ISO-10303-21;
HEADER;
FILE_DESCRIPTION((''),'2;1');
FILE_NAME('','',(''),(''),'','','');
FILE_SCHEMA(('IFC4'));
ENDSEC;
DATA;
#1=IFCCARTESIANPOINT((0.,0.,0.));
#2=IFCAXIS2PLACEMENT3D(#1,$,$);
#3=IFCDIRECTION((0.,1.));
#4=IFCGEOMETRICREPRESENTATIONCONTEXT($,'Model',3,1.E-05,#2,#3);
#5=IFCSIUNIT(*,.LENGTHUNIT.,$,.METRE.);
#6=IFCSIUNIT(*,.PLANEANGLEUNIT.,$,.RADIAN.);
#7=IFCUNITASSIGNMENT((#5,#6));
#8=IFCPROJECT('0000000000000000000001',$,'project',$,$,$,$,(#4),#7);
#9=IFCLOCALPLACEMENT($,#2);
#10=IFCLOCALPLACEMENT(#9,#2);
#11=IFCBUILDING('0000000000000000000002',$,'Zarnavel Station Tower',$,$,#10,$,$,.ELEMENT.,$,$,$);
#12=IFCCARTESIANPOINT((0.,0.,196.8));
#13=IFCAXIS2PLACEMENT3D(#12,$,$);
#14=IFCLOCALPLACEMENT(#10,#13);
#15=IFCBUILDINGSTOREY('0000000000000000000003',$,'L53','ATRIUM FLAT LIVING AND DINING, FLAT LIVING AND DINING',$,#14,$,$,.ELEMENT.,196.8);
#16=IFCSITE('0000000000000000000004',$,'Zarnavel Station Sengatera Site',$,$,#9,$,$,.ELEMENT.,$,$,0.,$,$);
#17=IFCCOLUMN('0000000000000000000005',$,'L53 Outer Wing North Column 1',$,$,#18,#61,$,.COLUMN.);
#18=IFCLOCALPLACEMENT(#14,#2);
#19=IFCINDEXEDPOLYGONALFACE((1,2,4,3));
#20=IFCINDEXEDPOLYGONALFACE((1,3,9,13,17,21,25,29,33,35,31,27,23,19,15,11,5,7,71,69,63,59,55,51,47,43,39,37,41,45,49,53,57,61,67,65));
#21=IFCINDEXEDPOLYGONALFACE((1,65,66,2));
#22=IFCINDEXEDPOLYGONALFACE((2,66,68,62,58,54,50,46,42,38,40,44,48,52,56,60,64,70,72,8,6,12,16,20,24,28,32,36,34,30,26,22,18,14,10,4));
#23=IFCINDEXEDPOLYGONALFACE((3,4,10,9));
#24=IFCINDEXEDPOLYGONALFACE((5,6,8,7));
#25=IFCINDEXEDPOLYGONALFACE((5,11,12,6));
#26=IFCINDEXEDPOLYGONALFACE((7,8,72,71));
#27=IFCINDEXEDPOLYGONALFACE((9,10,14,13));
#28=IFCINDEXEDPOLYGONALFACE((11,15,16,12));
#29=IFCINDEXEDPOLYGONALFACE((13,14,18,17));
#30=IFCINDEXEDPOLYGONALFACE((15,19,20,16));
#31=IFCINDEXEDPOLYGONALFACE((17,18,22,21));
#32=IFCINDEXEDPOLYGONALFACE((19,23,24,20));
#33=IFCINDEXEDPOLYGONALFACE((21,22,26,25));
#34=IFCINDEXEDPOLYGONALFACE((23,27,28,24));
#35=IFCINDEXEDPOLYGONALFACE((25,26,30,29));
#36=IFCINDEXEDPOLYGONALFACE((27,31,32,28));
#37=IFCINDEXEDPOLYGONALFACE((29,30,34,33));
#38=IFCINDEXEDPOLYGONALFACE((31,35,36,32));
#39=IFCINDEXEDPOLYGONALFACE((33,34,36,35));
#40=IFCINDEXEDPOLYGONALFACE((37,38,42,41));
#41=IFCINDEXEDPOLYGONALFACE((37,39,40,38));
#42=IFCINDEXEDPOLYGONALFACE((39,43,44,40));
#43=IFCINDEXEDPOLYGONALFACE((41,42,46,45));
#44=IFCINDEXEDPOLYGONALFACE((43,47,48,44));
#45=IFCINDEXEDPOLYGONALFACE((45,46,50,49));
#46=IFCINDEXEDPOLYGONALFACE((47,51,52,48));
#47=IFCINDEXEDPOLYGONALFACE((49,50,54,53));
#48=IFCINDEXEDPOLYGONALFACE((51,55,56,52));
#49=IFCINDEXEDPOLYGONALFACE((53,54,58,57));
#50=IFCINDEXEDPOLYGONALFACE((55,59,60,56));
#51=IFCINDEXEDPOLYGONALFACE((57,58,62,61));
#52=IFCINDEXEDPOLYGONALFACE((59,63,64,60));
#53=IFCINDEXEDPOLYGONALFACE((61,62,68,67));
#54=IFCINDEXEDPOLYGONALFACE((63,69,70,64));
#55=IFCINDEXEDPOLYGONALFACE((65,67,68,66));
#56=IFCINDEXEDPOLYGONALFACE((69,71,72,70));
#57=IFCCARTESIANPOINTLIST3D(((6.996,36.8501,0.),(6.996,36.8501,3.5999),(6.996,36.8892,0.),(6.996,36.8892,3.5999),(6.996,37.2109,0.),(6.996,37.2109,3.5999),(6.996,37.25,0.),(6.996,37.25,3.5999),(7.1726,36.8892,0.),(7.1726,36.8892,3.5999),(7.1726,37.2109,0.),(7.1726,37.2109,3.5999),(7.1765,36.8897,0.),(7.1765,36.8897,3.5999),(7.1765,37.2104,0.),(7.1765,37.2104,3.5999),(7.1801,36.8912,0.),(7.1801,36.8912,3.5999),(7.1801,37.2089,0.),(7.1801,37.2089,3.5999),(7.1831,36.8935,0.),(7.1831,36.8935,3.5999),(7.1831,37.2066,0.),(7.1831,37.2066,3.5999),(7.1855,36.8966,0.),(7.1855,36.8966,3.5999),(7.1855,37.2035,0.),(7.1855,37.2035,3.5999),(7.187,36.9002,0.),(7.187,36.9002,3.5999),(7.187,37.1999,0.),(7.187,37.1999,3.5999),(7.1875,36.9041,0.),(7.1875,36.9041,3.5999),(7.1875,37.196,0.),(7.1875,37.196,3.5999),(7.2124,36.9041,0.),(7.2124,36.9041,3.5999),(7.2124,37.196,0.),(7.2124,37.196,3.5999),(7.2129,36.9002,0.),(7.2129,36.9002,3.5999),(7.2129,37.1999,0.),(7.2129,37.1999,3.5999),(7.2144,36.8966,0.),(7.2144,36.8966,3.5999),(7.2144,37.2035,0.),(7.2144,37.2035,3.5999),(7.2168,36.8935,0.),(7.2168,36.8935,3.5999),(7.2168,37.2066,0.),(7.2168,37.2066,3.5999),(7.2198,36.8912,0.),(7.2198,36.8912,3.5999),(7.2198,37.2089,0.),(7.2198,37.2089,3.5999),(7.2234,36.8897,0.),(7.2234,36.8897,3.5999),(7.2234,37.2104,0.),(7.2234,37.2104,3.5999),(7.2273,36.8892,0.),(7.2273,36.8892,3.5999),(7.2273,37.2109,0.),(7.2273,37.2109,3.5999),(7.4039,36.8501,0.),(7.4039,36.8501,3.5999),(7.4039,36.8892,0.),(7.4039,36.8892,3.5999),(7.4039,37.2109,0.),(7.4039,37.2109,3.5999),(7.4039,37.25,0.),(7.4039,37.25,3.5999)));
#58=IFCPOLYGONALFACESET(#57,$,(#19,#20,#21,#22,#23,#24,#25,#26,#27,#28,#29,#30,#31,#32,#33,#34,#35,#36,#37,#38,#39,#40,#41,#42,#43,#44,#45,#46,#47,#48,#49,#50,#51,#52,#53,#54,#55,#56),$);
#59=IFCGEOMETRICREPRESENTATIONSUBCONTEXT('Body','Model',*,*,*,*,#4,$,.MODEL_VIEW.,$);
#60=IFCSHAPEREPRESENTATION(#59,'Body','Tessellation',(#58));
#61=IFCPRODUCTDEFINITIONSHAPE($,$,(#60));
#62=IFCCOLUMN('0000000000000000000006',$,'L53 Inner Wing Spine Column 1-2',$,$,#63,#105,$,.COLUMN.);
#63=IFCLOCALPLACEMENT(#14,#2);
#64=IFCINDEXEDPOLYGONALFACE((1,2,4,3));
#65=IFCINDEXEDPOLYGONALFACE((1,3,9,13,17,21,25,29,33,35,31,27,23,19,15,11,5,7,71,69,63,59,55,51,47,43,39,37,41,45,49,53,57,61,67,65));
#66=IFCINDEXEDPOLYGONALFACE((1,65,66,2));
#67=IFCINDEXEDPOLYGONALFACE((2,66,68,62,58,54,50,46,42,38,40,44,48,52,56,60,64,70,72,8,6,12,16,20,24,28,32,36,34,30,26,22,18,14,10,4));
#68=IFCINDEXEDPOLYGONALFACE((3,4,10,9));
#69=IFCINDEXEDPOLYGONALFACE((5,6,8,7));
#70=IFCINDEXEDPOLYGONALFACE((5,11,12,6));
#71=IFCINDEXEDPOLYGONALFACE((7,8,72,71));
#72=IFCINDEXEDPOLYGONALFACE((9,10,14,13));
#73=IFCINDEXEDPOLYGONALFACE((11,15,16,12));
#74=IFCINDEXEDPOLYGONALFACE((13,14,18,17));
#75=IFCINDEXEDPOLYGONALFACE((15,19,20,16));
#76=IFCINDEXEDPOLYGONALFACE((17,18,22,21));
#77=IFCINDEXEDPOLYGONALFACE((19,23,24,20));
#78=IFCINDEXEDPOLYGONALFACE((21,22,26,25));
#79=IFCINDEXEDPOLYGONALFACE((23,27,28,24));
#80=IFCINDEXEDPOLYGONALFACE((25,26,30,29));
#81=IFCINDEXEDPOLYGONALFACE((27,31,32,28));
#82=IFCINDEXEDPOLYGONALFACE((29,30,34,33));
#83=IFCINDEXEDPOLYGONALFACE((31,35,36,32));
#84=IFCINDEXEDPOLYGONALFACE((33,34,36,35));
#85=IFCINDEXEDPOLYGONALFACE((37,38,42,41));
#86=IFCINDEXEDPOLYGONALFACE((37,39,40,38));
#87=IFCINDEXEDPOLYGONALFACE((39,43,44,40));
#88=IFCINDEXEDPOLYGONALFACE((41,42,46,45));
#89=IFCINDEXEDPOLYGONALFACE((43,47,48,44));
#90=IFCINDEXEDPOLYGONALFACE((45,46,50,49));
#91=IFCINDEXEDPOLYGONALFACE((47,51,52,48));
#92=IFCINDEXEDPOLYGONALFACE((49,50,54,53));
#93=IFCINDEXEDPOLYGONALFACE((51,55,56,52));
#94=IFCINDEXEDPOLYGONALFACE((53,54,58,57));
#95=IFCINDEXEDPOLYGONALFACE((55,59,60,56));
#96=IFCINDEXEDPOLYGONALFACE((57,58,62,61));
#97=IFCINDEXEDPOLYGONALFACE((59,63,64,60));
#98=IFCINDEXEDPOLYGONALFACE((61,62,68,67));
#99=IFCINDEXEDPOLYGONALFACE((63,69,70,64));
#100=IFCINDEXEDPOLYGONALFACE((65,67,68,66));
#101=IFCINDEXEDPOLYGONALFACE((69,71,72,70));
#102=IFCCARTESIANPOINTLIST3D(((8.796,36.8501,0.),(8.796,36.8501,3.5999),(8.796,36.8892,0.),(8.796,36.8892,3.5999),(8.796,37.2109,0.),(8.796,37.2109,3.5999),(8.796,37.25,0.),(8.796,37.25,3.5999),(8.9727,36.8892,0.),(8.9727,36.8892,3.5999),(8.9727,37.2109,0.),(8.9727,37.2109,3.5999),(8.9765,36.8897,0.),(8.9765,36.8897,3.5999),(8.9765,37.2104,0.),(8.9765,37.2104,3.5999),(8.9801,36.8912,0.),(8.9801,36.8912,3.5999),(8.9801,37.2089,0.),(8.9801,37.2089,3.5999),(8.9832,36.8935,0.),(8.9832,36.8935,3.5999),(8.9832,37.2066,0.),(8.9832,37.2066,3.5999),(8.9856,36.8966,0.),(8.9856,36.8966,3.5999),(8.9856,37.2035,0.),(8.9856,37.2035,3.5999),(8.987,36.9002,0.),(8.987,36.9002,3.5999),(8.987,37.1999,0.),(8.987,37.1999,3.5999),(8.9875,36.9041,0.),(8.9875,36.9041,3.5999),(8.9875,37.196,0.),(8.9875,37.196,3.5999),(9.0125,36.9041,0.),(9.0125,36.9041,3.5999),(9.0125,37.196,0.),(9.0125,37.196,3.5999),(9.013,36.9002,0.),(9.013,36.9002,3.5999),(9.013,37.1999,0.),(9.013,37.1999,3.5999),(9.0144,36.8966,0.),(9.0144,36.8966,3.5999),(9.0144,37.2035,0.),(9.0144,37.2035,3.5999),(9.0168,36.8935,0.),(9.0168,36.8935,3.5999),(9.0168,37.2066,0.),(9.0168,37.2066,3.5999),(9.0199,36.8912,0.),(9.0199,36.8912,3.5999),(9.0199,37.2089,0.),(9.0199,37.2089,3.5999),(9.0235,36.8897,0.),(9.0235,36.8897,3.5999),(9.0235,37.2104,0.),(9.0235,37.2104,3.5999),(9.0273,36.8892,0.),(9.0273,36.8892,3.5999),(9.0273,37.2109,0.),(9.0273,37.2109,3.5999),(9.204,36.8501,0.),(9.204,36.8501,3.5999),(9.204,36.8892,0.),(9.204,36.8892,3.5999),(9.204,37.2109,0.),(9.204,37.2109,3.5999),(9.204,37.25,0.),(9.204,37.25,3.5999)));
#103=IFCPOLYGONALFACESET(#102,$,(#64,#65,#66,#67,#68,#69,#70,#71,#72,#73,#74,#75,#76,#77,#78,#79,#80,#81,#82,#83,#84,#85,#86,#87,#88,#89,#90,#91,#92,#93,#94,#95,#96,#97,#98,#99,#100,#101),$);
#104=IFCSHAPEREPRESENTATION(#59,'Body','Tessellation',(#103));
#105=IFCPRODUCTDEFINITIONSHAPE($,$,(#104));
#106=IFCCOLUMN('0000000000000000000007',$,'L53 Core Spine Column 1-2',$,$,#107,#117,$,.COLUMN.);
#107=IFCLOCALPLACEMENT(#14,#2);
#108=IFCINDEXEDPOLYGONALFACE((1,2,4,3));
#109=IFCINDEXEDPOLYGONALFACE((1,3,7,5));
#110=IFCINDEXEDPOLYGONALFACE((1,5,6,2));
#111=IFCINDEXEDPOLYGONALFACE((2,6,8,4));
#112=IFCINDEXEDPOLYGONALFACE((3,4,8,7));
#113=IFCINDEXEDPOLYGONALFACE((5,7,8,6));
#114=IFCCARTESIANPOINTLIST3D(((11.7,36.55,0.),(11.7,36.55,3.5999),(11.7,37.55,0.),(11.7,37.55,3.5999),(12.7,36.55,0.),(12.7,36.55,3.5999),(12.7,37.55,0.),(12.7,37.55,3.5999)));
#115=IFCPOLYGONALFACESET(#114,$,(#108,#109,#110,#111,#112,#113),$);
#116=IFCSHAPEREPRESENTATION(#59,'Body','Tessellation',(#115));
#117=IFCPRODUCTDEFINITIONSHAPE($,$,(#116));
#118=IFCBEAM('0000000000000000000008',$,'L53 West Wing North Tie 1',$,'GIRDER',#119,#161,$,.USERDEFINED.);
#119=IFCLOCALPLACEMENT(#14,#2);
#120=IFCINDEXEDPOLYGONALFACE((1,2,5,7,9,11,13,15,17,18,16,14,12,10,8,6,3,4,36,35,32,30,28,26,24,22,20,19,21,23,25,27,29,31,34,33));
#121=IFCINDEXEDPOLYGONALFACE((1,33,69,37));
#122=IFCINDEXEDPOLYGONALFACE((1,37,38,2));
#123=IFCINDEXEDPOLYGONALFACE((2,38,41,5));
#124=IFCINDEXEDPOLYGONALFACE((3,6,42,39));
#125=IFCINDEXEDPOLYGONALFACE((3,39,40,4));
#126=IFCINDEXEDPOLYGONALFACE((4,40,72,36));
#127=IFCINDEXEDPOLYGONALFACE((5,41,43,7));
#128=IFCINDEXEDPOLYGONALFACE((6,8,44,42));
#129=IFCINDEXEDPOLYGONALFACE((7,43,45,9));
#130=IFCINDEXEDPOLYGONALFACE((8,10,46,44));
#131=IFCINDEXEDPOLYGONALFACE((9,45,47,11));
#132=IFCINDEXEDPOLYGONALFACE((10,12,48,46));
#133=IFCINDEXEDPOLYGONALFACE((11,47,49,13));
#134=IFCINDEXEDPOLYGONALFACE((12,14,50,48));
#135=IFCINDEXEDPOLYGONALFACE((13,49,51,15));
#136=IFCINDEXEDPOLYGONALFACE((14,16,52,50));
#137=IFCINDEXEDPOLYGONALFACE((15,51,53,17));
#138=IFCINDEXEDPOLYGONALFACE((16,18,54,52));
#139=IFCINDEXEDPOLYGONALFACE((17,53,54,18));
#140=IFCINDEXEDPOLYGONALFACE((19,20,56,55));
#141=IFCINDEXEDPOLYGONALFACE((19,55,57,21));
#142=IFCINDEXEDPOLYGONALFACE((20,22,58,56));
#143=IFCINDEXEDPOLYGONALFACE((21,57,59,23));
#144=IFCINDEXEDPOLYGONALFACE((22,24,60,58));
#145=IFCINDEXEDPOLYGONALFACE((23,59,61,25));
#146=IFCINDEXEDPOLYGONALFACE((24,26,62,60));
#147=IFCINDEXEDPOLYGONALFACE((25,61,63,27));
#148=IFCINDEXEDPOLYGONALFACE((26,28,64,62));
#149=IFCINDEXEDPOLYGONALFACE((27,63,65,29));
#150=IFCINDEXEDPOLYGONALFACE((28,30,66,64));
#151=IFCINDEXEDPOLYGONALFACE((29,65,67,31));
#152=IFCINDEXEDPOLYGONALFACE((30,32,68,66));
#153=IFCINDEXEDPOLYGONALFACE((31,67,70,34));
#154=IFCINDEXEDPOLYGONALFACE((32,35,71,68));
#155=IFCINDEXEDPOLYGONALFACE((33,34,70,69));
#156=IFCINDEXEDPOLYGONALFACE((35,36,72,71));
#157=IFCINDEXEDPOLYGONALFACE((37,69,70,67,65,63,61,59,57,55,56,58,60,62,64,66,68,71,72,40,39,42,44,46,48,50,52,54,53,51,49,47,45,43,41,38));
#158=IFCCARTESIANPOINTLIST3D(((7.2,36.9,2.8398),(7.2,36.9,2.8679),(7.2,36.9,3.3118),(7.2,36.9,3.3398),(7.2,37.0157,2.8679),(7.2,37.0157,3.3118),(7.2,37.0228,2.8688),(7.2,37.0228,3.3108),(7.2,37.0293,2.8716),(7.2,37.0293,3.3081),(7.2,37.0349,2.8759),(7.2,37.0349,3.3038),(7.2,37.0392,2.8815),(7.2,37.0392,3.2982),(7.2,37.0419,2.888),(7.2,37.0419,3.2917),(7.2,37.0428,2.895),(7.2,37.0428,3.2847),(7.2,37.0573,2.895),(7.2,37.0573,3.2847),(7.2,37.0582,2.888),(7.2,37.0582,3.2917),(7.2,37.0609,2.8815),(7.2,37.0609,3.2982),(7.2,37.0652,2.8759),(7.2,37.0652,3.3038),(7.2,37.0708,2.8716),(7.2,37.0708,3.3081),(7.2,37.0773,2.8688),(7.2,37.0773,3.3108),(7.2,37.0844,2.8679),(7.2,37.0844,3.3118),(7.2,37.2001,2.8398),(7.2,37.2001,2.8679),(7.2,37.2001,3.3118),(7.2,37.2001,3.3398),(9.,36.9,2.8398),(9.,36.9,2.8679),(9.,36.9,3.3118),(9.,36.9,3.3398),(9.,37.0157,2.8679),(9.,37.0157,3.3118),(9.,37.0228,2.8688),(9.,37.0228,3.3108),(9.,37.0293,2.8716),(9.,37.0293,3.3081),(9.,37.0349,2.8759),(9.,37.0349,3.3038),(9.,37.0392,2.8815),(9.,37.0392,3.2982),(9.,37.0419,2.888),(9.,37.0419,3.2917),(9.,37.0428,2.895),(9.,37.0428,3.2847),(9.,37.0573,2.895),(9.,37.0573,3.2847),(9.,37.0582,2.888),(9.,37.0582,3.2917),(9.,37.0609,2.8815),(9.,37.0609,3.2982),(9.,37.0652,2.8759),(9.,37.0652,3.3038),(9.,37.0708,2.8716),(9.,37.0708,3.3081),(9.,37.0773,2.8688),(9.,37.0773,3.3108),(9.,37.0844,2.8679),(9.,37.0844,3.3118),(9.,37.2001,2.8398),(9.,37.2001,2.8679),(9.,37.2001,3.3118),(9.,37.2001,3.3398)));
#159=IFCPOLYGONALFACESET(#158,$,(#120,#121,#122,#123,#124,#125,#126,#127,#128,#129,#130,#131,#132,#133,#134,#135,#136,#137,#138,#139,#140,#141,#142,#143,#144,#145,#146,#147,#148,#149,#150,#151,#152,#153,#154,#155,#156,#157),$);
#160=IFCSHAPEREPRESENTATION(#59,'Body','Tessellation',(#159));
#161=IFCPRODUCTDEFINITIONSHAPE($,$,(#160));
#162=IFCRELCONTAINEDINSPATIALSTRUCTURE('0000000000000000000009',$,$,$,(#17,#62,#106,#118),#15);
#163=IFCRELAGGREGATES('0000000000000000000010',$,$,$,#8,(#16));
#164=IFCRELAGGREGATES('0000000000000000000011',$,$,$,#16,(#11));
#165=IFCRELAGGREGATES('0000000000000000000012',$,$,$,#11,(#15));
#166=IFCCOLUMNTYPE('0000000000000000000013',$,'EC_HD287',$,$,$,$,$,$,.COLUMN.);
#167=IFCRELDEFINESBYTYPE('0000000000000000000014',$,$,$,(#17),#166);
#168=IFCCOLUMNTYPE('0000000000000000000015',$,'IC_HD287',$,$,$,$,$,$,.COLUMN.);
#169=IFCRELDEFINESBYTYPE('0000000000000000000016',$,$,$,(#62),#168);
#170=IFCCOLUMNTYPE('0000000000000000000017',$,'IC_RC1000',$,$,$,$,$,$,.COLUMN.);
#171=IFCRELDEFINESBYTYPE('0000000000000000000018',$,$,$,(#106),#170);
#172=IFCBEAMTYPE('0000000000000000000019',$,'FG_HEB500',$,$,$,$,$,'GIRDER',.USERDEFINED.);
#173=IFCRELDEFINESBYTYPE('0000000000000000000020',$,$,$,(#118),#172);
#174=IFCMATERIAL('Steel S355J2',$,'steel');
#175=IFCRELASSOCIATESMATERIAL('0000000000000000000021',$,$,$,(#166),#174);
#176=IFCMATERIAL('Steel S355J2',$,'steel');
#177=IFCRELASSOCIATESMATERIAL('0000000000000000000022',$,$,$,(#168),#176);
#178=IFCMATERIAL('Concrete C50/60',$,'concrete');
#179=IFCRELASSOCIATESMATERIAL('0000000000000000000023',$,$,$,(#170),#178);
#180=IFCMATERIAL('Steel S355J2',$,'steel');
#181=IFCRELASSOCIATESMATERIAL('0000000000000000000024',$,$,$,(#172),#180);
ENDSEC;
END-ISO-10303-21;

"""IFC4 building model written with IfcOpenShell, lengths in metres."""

from ifc_helpers import new_model, si_unit, direction, frame, origin, origin_2d, place, context, subcontext, project, spatial, rectangle, i_section, extrude, material, material_profile, profile_set, type_object, element, save


model = new_model("IFC4")

# Units and contexts
model_context = context("Model", 3, precision=1e-05, world=origin(), true_north=direction((0.0, 1.0)))
body_context = subcontext(model_context, "Body", "Model", "MODEL_VIEW")
ifc_project = project(units=[si_unit("LENGTHUNIT", "METRE"), si_unit("PLANEANGLEUNIT", "RADIAN")], contexts=[model_context])

# Site, building, storey
site_placement = place(None, origin())
site = spatial("IfcSite", under=ifc_project, at=site_placement, Name="Zarnavel Station Sengatera Site", CompositionType="ELEMENT", RefElevation=0.0)
building_placement = place(site_placement, origin())
building = spatial("IfcBuilding", under=site, at=building_placement, Name="Zarnavel Station Tower", CompositionType="ELEMENT")
storey_placement = place(building_placement, frame((0.0, 0.0, 196.8)))
storey = spatial("IfcBuildingStorey", under=building, at=storey_placement, Name="L53", Description="ATRIUM FLAT LIVING AND DINING, FLAT LIVING AND DINING", CompositionType="ELEMENT", Elevation=196.8)

# Columns
ifc_material_1 = material(Name="Steel S355J2", Category="steel")
ifc_material_profile_1 = material_profile(ifc_material_1, i_section(OverallWidth=0.408, OverallDepth=0.3999, WebThickness=0.0249, FlangeThickness=0.0391, FilletRadius=0.0149, at=origin_2d()), Name="HD400x287")
ifc_profile_set_1 = profile_set([ifc_material_profile_1], Name="Steel S355J2")
column_type_1 = type_object("IfcColumnType", Name="EC_HD287", PredefinedType="COLUMN", material=ifc_profile_set_1)
column_1_placement = place(storey_placement, frame((7.2, 37.05, 0.0), z_axis=(0.0, 0.0, 1.0), x_axis=(1.0, 0.0, 0.0)))
element("IfcColumn", 1, at=column_1_placement, inside=storey, type_object=column_type_1, Name="L53 Outer Wing North Column 1", PredefinedType="COLUMN", context=body_context, shape_type="SweptSolid", body=[
    extrude(i_section(OverallWidth=0.408, OverallDepth=0.3999, WebThickness=0.0249, FlangeThickness=0.0391, FilletRadius=0.0149, at=origin_2d()), origin(), (0.0, 0.0, 1.0), 3.5999),
])
ifc_material_2 = material(Name="Steel S355J2", Category="steel")
ifc_material_profile_2 = material_profile(ifc_material_2, i_section(OverallWidth=0.408, OverallDepth=0.3999, WebThickness=0.0249, FlangeThickness=0.0391, FilletRadius=0.0149, at=origin_2d()), Name="HD400x287")
ifc_profile_set_2 = profile_set([ifc_material_profile_2], Name="Steel S355J2")
column_type_2 = type_object("IfcColumnType", Name="IC_HD287", PredefinedType="COLUMN", material=ifc_profile_set_2)
column_2_placement = place(storey_placement, frame((9.0, 37.05, 0.0), z_axis=(0.0, 0.0, 1.0), x_axis=(1.0, 0.0, 0.0)))
element("IfcColumn", 2, at=column_2_placement, inside=storey, type_object=column_type_2, Name="L53 Inner Wing Spine Column 1-2", PredefinedType="COLUMN", context=body_context, shape_type="SweptSolid", body=[
    extrude(i_section(OverallWidth=0.408, OverallDepth=0.3999, WebThickness=0.0249, FlangeThickness=0.0391, FilletRadius=0.0149, at=origin_2d()), origin(), (0.0, 0.0, 1.0), 3.5999),
])
ifc_material_3 = material(Name="Concrete C50/60", Category="concrete")
ifc_material_profile_3 = material_profile(ifc_material_3, rectangle(XDim=1.0, YDim=1.0, at=origin_2d()), Name="RC1000x1000")
ifc_profile_set_3 = profile_set([ifc_material_profile_3], Name="Concrete C50/60")
column_type_3 = type_object("IfcColumnType", Name="IC_RC1000", PredefinedType="COLUMN", material=ifc_profile_set_3)
column_3_placement = place(storey_placement, frame((12.2, 37.05, 0.0), z_axis=(0.0, 0.0, 1.0), x_axis=(1.0, 0.0, 0.0)))
element("IfcColumn", 3, at=column_3_placement, inside=storey, type_object=column_type_3, Name="L53 Core Spine Column 1-2", PredefinedType="COLUMN", context=body_context, shape_type="SweptSolid", body=[
    extrude(rectangle(XDim=1.0, YDim=1.0, at=origin_2d()), origin(), (0.0, 0.0, 1.0), 3.5999),
])

# Beam
ifc_material_4 = material(Name="Steel S355J2", Category="steel")
ifc_material_profile_4 = material_profile(ifc_material_4, i_section(OverallWidth=0.3, OverallDepth=0.5, WebThickness=0.0144, FlangeThickness=0.0281, FilletRadius=0.0271, at=origin_2d()), Name="HEB500")
ifc_profile_set_4 = profile_set([ifc_material_profile_4], Name="Steel S355J2")
beam_type = type_object("IfcBeamType", Name="FG_HEB500", ElementType="GIRDER", PredefinedType="USERDEFINED", material=ifc_profile_set_4)
beam_1_placement = place(storey_placement, frame((7.2, 37.05, 3.0898), z_axis=(1.0, 0.0, 0.0), x_axis=(0.0, 1.0, 0.0)))
element("IfcBeam", 4, at=beam_1_placement, inside=storey, type_object=beam_type, Name="L53 West Wing North Tie 1", ObjectType="GIRDER", PredefinedType="USERDEFINED", context=body_context, shape_type="SweptSolid", body=[
    extrude(i_section(OverallWidth=0.3, OverallDepth=0.5, WebThickness=0.0144, FlangeThickness=0.0281, FilletRadius=0.0271, at=origin_2d()), origin(), (0.0, 0.0, 1.0), 1.8),
])

save(model, "model.ifc")
